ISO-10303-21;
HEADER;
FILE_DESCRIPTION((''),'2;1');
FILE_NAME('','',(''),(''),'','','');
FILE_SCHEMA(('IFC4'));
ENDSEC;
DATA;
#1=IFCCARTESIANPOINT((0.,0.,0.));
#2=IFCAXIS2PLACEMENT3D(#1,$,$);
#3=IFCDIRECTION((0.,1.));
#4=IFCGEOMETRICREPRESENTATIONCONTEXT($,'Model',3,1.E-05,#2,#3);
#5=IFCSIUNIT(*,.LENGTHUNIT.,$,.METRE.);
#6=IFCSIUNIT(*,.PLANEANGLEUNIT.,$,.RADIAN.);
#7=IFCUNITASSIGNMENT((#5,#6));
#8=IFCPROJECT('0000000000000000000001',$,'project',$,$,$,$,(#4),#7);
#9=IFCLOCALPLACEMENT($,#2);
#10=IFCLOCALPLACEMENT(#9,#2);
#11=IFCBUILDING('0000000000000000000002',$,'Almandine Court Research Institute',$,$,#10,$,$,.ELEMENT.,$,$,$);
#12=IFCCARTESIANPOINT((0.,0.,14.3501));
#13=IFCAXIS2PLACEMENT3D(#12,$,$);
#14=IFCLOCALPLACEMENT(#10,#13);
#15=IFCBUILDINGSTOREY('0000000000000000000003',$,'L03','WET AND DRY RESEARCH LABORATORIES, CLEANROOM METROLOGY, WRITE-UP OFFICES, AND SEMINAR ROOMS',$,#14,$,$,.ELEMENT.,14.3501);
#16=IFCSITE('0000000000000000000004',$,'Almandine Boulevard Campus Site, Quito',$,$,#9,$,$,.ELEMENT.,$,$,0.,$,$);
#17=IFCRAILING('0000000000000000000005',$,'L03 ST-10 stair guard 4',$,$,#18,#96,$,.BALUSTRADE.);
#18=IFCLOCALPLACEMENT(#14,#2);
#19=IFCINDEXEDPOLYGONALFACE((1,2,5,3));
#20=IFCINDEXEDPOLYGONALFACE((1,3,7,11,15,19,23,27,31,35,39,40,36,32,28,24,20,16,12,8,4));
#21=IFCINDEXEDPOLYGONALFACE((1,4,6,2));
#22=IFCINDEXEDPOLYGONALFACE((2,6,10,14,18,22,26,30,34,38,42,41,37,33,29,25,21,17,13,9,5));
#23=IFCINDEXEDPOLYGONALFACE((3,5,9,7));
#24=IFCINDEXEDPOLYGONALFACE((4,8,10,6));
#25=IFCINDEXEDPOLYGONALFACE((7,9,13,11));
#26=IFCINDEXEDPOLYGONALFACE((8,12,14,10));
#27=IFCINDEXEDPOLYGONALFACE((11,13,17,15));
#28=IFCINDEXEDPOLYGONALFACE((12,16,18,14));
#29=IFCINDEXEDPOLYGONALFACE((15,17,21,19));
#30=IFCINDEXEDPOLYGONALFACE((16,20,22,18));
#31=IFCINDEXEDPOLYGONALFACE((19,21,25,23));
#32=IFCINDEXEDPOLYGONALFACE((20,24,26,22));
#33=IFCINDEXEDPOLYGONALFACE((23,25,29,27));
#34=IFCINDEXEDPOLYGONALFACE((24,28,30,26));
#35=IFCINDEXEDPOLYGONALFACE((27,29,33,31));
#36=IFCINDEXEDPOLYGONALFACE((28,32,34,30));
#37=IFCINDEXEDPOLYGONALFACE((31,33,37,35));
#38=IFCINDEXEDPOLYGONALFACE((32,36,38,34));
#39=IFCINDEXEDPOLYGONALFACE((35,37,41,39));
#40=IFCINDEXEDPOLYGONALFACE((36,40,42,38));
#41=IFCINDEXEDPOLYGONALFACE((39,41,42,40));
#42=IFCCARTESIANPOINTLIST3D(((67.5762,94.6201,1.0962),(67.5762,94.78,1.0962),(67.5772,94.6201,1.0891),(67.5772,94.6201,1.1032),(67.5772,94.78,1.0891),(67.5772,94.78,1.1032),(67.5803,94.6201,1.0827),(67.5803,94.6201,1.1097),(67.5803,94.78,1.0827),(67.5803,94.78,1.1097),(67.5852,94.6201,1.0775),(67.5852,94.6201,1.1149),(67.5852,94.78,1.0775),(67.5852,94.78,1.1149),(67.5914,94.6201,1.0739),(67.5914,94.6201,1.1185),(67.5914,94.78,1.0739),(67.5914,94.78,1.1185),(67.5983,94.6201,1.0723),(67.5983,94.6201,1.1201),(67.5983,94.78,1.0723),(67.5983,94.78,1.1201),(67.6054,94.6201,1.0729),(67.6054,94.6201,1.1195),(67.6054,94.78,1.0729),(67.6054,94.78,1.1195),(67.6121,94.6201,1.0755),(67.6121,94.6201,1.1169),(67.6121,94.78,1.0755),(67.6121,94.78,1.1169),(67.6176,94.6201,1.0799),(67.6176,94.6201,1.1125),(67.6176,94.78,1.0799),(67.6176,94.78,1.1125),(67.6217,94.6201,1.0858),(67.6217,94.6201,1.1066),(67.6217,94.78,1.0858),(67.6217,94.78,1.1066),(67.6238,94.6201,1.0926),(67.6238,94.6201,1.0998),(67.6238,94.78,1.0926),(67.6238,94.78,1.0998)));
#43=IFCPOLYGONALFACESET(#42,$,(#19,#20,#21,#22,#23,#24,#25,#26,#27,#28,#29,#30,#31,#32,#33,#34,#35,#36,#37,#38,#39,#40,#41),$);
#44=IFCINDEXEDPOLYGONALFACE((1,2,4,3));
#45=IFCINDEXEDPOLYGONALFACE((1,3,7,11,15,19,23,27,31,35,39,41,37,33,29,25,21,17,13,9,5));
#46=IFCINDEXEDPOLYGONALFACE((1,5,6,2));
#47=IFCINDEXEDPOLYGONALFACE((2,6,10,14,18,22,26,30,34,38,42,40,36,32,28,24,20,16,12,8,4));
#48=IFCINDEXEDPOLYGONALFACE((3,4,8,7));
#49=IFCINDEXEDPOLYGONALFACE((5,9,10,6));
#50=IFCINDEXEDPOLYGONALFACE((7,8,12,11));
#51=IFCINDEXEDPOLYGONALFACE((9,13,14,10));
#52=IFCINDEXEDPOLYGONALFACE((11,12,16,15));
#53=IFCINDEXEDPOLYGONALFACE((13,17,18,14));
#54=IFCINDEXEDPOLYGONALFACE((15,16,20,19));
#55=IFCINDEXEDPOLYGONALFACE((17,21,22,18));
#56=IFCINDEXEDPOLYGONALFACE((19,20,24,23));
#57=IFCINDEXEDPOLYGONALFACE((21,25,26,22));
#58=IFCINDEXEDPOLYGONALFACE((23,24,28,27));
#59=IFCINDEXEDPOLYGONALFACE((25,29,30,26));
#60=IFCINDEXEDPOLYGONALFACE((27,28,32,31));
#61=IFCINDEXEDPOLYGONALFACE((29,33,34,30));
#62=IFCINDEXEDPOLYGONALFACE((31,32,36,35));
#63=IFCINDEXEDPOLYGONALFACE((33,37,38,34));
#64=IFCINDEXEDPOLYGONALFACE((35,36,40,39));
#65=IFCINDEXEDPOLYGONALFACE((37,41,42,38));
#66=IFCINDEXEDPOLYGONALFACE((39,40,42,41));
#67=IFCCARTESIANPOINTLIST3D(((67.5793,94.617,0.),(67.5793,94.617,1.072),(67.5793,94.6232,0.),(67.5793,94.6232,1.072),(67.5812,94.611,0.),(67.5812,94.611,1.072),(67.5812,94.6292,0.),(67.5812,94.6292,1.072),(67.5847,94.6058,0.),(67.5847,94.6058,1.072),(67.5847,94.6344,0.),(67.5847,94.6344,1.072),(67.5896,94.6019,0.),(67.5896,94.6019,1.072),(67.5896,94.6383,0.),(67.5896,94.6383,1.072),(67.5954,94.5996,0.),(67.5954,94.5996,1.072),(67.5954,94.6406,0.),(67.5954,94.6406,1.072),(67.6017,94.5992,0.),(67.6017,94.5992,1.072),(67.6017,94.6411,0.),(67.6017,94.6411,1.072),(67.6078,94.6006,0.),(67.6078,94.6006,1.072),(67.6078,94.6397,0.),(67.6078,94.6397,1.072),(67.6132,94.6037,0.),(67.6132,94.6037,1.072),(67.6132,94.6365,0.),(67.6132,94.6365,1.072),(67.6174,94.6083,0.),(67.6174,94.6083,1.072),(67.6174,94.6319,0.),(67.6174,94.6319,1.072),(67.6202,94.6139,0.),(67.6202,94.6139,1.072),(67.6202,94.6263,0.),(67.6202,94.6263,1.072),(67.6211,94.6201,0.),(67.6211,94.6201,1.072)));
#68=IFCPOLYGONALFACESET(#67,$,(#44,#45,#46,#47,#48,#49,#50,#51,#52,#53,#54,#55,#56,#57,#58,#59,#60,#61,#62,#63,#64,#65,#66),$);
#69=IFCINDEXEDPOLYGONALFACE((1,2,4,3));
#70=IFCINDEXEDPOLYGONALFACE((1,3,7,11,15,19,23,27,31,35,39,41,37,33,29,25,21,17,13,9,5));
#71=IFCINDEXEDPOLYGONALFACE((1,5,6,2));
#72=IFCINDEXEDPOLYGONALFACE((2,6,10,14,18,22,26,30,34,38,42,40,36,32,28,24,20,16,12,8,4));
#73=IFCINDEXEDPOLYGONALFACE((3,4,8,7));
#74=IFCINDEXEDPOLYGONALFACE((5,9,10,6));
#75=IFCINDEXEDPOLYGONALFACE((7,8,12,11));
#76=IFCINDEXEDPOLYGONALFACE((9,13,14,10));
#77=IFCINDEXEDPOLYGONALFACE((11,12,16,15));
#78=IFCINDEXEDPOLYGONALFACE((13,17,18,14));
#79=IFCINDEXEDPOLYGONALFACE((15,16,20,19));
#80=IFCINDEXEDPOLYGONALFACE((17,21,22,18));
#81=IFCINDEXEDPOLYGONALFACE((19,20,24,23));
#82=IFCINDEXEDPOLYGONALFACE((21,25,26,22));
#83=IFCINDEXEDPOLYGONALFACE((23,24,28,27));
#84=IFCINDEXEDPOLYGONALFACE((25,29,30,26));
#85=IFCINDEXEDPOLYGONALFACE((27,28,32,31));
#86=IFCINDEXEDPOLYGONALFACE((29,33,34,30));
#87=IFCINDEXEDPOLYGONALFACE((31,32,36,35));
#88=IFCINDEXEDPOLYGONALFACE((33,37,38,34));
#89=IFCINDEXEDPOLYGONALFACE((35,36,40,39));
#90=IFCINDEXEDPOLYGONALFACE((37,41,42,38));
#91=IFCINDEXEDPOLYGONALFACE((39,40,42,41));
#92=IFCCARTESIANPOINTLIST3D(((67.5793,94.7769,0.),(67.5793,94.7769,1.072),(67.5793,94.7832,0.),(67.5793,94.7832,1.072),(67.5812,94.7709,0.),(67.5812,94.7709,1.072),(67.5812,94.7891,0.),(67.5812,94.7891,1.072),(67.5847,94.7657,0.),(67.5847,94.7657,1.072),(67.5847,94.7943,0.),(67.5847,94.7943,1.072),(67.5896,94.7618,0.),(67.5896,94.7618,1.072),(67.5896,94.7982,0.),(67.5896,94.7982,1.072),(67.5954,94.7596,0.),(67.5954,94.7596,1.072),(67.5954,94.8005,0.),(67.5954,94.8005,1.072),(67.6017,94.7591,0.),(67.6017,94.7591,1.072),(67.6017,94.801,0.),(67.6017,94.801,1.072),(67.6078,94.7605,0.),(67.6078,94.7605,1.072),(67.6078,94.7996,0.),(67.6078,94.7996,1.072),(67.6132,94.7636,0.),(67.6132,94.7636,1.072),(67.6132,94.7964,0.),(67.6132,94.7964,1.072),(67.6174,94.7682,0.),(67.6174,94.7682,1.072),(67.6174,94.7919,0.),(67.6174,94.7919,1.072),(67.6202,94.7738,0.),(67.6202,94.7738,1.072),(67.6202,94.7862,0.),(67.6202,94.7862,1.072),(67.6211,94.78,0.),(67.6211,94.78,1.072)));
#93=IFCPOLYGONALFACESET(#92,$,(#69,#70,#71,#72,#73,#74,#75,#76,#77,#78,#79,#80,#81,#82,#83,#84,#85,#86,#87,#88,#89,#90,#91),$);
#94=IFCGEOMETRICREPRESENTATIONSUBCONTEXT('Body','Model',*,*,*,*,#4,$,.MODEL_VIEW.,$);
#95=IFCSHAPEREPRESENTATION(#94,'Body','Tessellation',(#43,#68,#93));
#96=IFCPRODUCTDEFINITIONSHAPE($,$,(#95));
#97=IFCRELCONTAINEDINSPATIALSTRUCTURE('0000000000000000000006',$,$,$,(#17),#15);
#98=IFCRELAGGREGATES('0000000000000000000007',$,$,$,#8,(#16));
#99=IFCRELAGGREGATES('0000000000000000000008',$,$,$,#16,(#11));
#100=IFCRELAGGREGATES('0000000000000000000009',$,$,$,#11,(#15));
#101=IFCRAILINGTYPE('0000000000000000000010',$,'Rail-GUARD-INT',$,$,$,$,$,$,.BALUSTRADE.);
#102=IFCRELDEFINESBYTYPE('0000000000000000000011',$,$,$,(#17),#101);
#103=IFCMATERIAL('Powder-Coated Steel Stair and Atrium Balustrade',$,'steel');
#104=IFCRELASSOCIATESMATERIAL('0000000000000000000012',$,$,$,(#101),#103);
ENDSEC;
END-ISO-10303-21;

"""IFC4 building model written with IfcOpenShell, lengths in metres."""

from ifc_helpers import new_model, si_unit, direction, frame, origin, origin_2d, place, context, subcontext, project, spatial, circle, extrude, material, type_object, element, save


model = new_model("IFC4")

# Units and contexts
model_context = context("Model", 3, precision=1e-05, world=origin(), true_north=direction((0.0, 1.0)))
body_context = subcontext(model_context, "Body", "Model", "MODEL_VIEW")
ifc_project = project(units=[si_unit("LENGTHUNIT", "METRE"), si_unit("PLANEANGLEUNIT", "RADIAN")], contexts=[model_context])

# Site, building, storey
site_placement = place(None, origin())
site = spatial("IfcSite", under=ifc_project, at=site_placement, Name="Almandine Boulevard Campus Site, Quito", CompositionType="ELEMENT", RefElevation=0.0)
building_placement = place(site_placement, origin())
building = spatial("IfcBuilding", under=site, at=building_placement, Name="Almandine Court Research Institute", CompositionType="ELEMENT")
storey_placement = place(building_placement, frame((0.0, 0.0, 14.3501)))
storey = spatial("IfcBuildingStorey", under=building, at=storey_placement, Name="L03", Description="WET AND DRY RESEARCH LABORATORIES, CLEANROOM METROLOGY, WRITE-UP OFFICES, AND SEMINAR ROOMS", CompositionType="ELEMENT", Elevation=14.3501)

# Railing
ifc_material_1 = material(Name="Powder-Coated Steel Stair and Atrium Balustrade", Category="steel")
railing_type_1 = type_object("IfcRailingType", Name="Rail-GUARD-INT", PredefinedType="BALUSTRADE", material=ifc_material_1)
railing_1_placement = place(storey_placement, frame((67.6001, 94.6201, 0.0)))
element("IfcRailing", 1, at=railing_1_placement, inside=storey, type_object=railing_type_1, Name="L03 ST-10 stair guard 4", PredefinedType="BALUSTRADE", context=body_context, shape_type="SweptSolid", body=[
    extrude(circle(Radius=0.0239, at=origin_2d()), frame((0.0, 0.0, 1.0962), z_axis=(0.0, 1.0, 0.0), x_axis=(-1.0, 0.0, 0.0)), (0.0, 0.0, 1.0), 0.1599),
    extrude(circle(Radius=0.021, at=origin_2d()), origin(), (0.0, 0.0, 1.0), 1.072),
    extrude(circle(Radius=0.021, at=origin_2d()), frame((0.0, 0.1599, 0.0)), (0.0, 0.0, 1.0), 1.072),
])

save(model, "model.ifc")
